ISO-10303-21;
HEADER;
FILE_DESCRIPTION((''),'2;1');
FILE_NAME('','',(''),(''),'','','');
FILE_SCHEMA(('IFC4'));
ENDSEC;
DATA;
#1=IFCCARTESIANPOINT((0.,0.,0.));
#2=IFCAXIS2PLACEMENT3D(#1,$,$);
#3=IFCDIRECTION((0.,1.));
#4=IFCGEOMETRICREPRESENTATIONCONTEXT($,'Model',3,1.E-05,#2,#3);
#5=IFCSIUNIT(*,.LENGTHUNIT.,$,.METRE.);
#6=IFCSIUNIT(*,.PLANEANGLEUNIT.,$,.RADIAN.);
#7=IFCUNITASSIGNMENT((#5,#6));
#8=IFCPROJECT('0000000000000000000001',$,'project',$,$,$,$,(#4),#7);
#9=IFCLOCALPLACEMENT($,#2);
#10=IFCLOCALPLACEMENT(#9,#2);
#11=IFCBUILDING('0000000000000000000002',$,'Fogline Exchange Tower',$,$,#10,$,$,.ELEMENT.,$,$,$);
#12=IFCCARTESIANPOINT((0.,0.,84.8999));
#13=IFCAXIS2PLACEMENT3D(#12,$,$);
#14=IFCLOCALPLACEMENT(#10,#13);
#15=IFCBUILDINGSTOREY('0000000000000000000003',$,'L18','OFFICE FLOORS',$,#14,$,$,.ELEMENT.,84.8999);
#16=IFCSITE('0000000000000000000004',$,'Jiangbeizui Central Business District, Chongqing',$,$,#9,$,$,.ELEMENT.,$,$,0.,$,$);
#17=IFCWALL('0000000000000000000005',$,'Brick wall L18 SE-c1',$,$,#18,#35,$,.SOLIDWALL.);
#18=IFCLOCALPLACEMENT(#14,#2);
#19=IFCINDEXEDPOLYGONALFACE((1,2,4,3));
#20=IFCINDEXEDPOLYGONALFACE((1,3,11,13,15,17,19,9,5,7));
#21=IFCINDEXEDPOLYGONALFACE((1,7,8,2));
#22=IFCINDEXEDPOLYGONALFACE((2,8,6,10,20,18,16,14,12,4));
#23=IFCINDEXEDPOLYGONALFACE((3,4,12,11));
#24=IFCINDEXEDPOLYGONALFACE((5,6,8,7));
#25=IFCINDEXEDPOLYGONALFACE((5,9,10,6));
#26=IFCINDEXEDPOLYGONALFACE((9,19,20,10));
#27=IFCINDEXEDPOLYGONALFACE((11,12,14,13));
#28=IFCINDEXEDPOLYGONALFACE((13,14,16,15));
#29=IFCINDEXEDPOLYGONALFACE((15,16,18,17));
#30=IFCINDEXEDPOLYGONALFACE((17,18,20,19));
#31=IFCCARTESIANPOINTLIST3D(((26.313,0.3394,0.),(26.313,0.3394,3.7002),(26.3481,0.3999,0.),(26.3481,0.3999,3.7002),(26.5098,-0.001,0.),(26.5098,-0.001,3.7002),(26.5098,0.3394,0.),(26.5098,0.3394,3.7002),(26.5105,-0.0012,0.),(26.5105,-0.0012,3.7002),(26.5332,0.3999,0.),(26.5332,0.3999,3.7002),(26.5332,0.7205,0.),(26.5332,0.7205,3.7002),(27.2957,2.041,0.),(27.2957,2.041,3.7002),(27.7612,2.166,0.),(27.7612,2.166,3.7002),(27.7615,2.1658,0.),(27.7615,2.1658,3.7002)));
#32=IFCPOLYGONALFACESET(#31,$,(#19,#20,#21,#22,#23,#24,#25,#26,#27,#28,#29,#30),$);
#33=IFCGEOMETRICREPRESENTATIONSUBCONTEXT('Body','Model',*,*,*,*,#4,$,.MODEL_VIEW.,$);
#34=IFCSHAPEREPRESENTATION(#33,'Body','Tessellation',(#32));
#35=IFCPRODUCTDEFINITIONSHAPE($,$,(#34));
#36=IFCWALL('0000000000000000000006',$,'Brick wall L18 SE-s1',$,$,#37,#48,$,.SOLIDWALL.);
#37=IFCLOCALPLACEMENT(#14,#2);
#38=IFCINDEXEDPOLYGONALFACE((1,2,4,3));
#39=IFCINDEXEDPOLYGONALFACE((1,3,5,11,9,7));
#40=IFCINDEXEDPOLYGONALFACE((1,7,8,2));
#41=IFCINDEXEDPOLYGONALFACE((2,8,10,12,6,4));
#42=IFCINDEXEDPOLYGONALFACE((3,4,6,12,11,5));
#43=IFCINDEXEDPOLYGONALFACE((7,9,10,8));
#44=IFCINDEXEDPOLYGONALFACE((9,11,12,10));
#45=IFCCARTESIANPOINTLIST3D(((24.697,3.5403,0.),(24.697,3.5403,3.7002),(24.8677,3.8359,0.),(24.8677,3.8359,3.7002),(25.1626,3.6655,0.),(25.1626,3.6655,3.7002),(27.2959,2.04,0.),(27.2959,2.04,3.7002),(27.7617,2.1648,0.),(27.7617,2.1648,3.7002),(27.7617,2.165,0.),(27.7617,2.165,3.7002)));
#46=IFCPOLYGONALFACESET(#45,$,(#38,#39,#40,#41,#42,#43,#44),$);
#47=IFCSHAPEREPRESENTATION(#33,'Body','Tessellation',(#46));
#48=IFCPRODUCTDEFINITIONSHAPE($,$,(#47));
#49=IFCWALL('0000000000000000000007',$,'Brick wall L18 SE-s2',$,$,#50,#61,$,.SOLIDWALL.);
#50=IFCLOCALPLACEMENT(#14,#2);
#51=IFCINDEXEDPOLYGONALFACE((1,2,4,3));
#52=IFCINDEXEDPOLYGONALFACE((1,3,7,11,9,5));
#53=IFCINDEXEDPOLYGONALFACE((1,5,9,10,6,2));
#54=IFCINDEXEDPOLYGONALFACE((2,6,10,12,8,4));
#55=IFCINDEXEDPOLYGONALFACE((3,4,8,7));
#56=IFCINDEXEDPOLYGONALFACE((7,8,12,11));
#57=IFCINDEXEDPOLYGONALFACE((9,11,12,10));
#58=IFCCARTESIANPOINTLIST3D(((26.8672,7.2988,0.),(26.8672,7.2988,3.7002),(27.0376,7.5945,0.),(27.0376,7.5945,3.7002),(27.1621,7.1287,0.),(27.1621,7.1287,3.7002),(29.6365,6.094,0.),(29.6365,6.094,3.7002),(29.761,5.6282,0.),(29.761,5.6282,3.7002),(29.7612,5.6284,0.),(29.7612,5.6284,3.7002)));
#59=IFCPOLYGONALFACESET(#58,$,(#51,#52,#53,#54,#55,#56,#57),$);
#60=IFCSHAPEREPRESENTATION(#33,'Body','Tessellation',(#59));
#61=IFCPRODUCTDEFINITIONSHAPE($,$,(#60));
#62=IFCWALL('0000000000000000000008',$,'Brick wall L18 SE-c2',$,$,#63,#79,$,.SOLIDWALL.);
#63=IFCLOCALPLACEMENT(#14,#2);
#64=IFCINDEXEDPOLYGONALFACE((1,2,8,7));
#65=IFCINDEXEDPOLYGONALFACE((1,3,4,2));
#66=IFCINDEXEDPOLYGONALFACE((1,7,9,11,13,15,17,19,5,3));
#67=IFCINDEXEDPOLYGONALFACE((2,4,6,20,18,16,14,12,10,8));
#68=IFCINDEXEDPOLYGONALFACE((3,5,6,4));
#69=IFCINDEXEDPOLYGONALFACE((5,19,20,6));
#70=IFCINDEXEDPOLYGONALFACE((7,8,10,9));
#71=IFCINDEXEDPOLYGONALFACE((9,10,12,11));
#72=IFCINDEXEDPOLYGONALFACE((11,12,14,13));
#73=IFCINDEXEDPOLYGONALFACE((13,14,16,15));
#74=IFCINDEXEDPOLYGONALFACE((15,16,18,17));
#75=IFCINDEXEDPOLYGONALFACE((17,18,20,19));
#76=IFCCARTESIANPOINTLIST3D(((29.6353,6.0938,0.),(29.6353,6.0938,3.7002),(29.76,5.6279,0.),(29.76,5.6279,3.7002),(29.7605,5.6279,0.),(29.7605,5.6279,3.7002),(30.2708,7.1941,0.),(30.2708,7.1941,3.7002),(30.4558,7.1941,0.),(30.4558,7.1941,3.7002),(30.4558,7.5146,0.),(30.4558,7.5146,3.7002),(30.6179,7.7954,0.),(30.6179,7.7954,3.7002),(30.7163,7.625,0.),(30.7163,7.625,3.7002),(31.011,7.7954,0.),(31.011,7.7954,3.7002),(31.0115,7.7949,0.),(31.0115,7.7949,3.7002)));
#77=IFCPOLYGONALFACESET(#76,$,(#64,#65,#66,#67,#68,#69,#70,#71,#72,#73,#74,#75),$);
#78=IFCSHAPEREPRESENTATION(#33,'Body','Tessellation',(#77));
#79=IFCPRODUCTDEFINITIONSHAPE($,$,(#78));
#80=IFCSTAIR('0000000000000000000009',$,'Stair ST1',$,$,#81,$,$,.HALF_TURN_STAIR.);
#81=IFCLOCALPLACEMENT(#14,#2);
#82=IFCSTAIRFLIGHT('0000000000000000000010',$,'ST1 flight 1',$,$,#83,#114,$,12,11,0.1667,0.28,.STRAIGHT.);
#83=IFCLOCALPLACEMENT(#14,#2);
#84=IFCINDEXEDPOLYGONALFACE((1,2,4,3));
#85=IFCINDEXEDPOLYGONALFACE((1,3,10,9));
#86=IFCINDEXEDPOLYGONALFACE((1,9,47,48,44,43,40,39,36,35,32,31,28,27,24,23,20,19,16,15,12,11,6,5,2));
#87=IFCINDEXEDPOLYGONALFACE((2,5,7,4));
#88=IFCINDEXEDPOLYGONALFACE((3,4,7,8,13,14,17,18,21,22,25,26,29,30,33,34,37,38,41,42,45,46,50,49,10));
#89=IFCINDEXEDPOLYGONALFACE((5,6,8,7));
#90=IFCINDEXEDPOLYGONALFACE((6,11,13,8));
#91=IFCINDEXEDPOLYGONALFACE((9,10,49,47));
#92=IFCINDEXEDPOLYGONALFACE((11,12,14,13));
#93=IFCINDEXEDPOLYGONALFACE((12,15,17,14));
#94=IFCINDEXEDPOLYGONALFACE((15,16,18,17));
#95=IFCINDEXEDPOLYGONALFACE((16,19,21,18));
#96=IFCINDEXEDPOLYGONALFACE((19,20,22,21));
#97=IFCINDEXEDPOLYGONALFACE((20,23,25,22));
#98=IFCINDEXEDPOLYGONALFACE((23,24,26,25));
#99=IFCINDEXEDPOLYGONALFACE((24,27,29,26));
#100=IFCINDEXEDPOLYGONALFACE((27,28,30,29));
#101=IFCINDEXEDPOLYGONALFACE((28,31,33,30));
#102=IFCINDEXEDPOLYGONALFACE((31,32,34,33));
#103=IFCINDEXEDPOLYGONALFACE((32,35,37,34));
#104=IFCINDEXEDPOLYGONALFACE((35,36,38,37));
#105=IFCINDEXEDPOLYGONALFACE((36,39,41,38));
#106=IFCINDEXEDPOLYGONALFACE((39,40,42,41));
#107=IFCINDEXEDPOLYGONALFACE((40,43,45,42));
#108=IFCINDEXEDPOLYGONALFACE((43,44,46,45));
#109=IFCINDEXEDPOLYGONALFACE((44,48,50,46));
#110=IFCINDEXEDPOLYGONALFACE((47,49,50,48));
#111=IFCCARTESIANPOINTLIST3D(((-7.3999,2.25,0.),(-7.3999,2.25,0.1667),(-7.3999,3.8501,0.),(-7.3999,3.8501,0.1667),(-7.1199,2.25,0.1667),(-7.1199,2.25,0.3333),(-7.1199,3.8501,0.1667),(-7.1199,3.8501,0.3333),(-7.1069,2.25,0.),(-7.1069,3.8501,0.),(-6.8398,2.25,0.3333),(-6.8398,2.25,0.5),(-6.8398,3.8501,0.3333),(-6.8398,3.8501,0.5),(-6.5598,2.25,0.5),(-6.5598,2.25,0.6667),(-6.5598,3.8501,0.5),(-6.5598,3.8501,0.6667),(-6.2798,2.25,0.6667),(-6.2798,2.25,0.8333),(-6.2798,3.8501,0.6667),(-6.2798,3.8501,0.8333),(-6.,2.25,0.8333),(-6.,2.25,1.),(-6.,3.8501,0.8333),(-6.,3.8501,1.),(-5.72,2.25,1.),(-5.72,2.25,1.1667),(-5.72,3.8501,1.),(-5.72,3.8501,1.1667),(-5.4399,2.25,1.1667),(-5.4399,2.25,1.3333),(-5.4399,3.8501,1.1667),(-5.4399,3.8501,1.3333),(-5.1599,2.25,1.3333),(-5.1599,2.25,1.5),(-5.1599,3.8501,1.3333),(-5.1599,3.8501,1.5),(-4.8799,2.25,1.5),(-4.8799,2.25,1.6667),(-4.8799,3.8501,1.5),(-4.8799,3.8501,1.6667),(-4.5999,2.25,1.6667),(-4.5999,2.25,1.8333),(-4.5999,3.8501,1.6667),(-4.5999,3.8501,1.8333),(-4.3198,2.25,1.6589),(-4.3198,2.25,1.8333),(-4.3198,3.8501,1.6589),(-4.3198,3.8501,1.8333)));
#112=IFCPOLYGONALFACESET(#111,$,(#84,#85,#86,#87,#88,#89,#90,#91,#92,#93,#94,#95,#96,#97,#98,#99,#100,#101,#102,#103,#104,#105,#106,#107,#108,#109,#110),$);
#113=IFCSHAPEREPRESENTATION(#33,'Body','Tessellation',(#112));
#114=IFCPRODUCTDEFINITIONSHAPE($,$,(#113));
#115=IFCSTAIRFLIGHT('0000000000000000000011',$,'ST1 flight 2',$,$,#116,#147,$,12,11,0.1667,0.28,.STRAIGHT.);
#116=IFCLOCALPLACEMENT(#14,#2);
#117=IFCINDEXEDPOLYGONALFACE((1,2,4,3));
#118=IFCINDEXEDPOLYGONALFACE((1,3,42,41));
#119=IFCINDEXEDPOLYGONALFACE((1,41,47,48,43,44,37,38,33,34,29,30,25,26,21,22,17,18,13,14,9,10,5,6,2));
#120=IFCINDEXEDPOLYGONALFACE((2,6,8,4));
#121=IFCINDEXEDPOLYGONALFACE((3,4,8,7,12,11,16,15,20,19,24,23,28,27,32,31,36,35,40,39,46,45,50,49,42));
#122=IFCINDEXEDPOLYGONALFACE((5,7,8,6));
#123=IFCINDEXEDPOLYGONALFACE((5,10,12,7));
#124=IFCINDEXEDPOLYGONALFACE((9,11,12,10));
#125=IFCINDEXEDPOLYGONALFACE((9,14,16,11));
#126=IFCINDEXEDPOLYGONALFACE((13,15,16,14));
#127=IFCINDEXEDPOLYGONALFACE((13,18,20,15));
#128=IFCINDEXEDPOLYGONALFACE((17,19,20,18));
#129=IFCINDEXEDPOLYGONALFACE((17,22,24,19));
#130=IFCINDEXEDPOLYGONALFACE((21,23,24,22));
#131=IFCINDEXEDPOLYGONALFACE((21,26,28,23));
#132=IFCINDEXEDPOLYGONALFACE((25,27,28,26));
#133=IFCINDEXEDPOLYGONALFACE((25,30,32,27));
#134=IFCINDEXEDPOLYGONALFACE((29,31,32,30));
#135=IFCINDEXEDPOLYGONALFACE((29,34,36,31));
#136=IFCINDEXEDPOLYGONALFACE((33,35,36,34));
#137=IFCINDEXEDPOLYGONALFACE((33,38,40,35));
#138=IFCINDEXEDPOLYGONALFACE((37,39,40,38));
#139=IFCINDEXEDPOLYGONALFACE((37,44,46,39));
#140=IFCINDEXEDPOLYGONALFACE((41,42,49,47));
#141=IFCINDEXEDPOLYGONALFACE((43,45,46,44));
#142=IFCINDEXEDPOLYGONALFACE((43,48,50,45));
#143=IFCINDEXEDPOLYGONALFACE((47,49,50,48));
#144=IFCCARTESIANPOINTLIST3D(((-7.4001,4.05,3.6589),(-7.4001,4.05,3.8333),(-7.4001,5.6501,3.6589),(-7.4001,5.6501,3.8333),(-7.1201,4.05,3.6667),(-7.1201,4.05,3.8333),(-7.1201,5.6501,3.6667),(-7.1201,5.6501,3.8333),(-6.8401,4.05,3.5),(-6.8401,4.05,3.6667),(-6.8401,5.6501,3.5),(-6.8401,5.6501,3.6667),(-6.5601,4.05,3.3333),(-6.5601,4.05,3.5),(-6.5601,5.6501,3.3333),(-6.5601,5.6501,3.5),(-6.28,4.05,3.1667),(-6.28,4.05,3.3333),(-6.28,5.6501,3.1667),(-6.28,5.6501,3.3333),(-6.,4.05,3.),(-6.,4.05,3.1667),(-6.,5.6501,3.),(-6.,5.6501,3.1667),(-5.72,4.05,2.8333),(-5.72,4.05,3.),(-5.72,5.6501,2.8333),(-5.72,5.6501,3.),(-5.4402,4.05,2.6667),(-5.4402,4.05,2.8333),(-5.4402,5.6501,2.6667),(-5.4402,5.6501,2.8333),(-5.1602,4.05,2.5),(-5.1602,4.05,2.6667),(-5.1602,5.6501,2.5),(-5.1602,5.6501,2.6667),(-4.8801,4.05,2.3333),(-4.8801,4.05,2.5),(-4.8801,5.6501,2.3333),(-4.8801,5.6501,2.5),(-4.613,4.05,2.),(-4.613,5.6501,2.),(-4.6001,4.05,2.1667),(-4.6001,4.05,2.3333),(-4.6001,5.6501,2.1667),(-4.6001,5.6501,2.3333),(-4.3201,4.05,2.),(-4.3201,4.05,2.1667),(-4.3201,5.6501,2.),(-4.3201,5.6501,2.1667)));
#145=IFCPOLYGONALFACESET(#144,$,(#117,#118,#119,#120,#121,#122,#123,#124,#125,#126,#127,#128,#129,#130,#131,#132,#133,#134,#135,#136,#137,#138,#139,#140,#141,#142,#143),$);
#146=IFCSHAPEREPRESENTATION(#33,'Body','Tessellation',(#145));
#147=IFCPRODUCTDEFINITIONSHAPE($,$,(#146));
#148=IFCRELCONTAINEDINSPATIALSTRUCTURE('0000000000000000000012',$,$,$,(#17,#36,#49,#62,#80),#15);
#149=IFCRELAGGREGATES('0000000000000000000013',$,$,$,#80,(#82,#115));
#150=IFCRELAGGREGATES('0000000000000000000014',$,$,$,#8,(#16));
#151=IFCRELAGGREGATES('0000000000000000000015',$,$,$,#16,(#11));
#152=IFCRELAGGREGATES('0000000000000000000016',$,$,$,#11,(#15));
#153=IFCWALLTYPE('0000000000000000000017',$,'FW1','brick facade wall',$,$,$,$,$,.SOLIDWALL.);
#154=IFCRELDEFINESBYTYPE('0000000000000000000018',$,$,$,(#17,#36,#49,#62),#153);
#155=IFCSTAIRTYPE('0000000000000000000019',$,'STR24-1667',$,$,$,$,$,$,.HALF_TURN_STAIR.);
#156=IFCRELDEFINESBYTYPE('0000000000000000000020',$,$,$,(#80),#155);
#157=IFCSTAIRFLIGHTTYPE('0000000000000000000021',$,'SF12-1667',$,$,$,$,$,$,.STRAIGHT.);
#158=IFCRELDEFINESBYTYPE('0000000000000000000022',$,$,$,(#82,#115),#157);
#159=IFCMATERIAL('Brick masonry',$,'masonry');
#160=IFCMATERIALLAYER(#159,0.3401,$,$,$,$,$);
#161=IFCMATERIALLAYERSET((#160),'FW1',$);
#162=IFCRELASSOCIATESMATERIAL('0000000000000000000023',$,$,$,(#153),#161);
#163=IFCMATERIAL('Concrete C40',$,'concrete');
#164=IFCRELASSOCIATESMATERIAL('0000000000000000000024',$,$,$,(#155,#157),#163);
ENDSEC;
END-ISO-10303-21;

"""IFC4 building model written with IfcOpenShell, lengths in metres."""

from ifc_helpers import new_model, si_unit, direction, frame, origin, place, context, subcontext, project, spatial, polyline, outline, extrude, material, layer, layer_set, type_object, element, aggregate, save


model = new_model("IFC4")

# Units and contexts
model_context = context("Model", 3, precision=1e-05, world=origin(), true_north=direction((0.0, 1.0)))
body_context = subcontext(model_context, "Body", "Model", "MODEL_VIEW")
ifc_project = project(units=[si_unit("LENGTHUNIT", "METRE"), si_unit("PLANEANGLEUNIT", "RADIAN")], contexts=[model_context])

# Site, building, storey
site_placement = place(None, origin())
site = spatial("IfcSite", under=ifc_project, at=site_placement, Name="Jiangbeizui Central Business District, Chongqing", CompositionType="ELEMENT", RefElevation=0.0)
building_placement = place(site_placement, origin())
building = spatial("IfcBuilding", under=site, at=building_placement, Name="Fogline Exchange Tower", CompositionType="ELEMENT")
storey_placement = place(building_placement, frame((0.0, 0.0, 84.8999)))
storey = spatial("IfcBuildingStorey", under=building, at=storey_placement, Name="L18", Description="OFFICE FLOORS", CompositionType="ELEMENT", Elevation=84.8999)

# Shared definitions
ifc_material_1 = material(Name="Concrete C40", Category="concrete")

# Walls
ifc_material_2 = material(Name="Brick masonry", Category="masonry")
ifc_layer_1 = layer(ifc_material_2, 0.3401)
ifc_layer_set_1 = layer_set([ifc_layer_1], Name="FW1")
wall_type_1 = type_object("IfcWallType", Name="FW1", Description="brick facade wall", PredefinedType="SOLIDWALL", material=ifc_layer_set_1)
wall_1_placement = place(storey_placement, origin())
element("IfcWall", 1, at=wall_1_placement, inside=storey, type_object=wall_type_1, Name="Brick wall L18 SE-c1", PredefinedType="SOLIDWALL", context=body_context, shape_type="SweptSolid", body=[
    extrude(outline(polyline([(27.7615, 2.1658), (26.5105, -0.0012), (26.5098, -0.001), (26.5098, 0.3394), (26.313, 0.3394), (26.3481, 0.3999), (26.5332, 0.3999), (26.5332, 0.7205), (27.2957, 2.041), (27.7612, 2.166), (27.7615, 2.1658)])), origin(), (0.0, 0.0, 1.0), 3.7002),
])
wall_2_placement = place(storey_placement, origin())
element("IfcWall", 2, at=wall_2_placement, inside=storey, type_object=wall_type_1, Name="Brick wall L18 SE-s1", PredefinedType="SOLIDWALL", context=body_context, shape_type="SweptSolid", body=[
    extrude(outline(polyline([(24.697, 3.5403), (24.8677, 3.8359), (25.1626, 3.6655), (27.7617, 2.165), (27.7617, 2.1648), (27.2959, 2.04), (24.697, 3.5403)])), origin(), (0.0, 0.0, 1.0), 3.7002),
])
wall_3_placement = place(storey_placement, origin())
element("IfcWall", 3, at=wall_3_placement, inside=storey, type_object=wall_type_1, Name="Brick wall L18 SE-s2", PredefinedType="SOLIDWALL", context=body_context, shape_type="SweptSolid", body=[
    extrude(outline(polyline([(29.761, 5.6282), (27.1621, 7.1287), (26.8672, 7.2988), (27.0376, 7.5945), (29.6365, 6.094), (29.7612, 5.6284), (29.761, 5.6282)])), origin(), (0.0, 0.0, 1.0), 3.7002),
])
wall_4_placement = place(storey_placement, origin())
element("IfcWall", 4, at=wall_4_placement, inside=storey, type_object=wall_type_1, Name="Brick wall L18 SE-c2", PredefinedType="SOLIDWALL", context=body_context, shape_type="SweptSolid", body=[
    extrude(outline(polyline([(30.2708, 7.1941), (30.4558, 7.1941), (30.4558, 7.5146), (30.6179, 7.7954), (30.7163, 7.625), (31.011, 7.7954), (31.0115, 7.7949), (29.7605, 5.6279), (29.76, 5.6279), (29.6353, 6.0938), (30.2708, 7.1941)])), origin(), (0.0, 0.0, 1.0), 3.7002),
])

# Stair, stair flights
stair_type = type_object("IfcStairType", Name="STR24-1667", PredefinedType="HALF_TURN_STAIR", material=ifc_material_1)
stair_placement = place(storey_placement, origin())
stair = element("IfcStair", 5, at=stair_placement, inside=storey, type_object=stair_type, Name="Stair ST1", PredefinedType="HALF_TURN_STAIR")
stair_flight_type = type_object("IfcStairFlightType", Name="SF12-1667", PredefinedType="STRAIGHT", material=ifc_material_1)
stair_flight_1_placement = place(storey_placement, frame((-7.3999, 3.05, 0.0), z_axis=(0.0, 0.0, 1.0), x_axis=(1.0, 0.0, 0.0)))
stair_flight_1 = element("IfcStairFlight", 6, at=stair_flight_1_placement, type_object=stair_flight_type, Name="ST1 flight 1", NumberOfRisers=12, NumberOfTreads=11, PredefinedType="STRAIGHT", RiserHeight=0.1667, TreadLength=0.28, context=body_context, shape_type="SweptSolid", body=[
    extrude(outline(polyline([(0.0, 0.0), (0.0, 0.1667), (0.28, 0.1667), (0.28, 0.3333), (0.5601, 0.3333), (0.5601, 0.5), (0.8401, 0.5), (0.8401, 0.6667), (1.1201, 0.6667), (1.1201, 0.8333), (1.3999, 0.8333), (1.3999, 1.0), (1.6799, 1.0), (1.6799, 1.1667), (1.96, 1.1667), (1.96, 1.3333), (2.24, 1.3333), (2.24, 1.5), (2.52, 1.5), (2.52, 1.6667), (2.8, 1.6667), (2.8, 1.8333), (3.0801, 1.8333), (3.0801, 2.0), (3.0801, 1.6589), (0.293, 0.0), (0.0, 0.0)])), frame((0.0, 0.8, 0.0), z_axis=(0.0, -1.0, 0.0), x_axis=(1.0, 0.0, 0.0)), (0.0, 0.0, 1.0), 1.6001),
])
stair_flight_2_placement = place(storey_placement, frame((-4.3201, 4.8501, 2.0), z_axis=(0.0, 0.0, 1.0), x_axis=(-1.0, 0.0, 0.0)))
stair_flight_2 = element("IfcStairFlight", 7, at=stair_flight_2_placement, type_object=stair_flight_type, Name="ST1 flight 2", NumberOfRisers=12, NumberOfTreads=11, PredefinedType="STRAIGHT", RiserHeight=0.1667, TreadLength=0.28, context=body_context, shape_type="SweptSolid", body=[
    extrude(outline(polyline([(0.0, 0.0), (0.0, 0.1667), (0.28, 0.1667), (0.28, 0.3333), (0.5601, 0.3333), (0.5601, 0.5), (0.8401, 0.5), (0.8401, 0.6667), (1.1201, 0.6667), (1.1201, 0.8333), (1.3999, 0.8333), (1.3999, 1.0), (1.6799, 1.0), (1.6799, 1.1667), (1.96, 1.1667), (1.96, 1.3333), (2.24, 1.3333), (2.24, 1.5), (2.52, 1.5), (2.52, 1.6667), (2.8, 1.6667), (2.8, 1.8333), (3.0801, 1.8333), (3.0801, 2.0), (3.0801, 1.6589), (0.293, 0.0), (0.0, 0.0)])), frame((0.0, 0.8, 0.0), z_axis=(0.0, -1.0, 0.0), x_axis=(1.0, 0.0, 0.0)), (0.0, 0.0, 1.0), 1.6001),
])
aggregate(stair, [stair_flight_1, stair_flight_2])

save(model, "model.ifc")
